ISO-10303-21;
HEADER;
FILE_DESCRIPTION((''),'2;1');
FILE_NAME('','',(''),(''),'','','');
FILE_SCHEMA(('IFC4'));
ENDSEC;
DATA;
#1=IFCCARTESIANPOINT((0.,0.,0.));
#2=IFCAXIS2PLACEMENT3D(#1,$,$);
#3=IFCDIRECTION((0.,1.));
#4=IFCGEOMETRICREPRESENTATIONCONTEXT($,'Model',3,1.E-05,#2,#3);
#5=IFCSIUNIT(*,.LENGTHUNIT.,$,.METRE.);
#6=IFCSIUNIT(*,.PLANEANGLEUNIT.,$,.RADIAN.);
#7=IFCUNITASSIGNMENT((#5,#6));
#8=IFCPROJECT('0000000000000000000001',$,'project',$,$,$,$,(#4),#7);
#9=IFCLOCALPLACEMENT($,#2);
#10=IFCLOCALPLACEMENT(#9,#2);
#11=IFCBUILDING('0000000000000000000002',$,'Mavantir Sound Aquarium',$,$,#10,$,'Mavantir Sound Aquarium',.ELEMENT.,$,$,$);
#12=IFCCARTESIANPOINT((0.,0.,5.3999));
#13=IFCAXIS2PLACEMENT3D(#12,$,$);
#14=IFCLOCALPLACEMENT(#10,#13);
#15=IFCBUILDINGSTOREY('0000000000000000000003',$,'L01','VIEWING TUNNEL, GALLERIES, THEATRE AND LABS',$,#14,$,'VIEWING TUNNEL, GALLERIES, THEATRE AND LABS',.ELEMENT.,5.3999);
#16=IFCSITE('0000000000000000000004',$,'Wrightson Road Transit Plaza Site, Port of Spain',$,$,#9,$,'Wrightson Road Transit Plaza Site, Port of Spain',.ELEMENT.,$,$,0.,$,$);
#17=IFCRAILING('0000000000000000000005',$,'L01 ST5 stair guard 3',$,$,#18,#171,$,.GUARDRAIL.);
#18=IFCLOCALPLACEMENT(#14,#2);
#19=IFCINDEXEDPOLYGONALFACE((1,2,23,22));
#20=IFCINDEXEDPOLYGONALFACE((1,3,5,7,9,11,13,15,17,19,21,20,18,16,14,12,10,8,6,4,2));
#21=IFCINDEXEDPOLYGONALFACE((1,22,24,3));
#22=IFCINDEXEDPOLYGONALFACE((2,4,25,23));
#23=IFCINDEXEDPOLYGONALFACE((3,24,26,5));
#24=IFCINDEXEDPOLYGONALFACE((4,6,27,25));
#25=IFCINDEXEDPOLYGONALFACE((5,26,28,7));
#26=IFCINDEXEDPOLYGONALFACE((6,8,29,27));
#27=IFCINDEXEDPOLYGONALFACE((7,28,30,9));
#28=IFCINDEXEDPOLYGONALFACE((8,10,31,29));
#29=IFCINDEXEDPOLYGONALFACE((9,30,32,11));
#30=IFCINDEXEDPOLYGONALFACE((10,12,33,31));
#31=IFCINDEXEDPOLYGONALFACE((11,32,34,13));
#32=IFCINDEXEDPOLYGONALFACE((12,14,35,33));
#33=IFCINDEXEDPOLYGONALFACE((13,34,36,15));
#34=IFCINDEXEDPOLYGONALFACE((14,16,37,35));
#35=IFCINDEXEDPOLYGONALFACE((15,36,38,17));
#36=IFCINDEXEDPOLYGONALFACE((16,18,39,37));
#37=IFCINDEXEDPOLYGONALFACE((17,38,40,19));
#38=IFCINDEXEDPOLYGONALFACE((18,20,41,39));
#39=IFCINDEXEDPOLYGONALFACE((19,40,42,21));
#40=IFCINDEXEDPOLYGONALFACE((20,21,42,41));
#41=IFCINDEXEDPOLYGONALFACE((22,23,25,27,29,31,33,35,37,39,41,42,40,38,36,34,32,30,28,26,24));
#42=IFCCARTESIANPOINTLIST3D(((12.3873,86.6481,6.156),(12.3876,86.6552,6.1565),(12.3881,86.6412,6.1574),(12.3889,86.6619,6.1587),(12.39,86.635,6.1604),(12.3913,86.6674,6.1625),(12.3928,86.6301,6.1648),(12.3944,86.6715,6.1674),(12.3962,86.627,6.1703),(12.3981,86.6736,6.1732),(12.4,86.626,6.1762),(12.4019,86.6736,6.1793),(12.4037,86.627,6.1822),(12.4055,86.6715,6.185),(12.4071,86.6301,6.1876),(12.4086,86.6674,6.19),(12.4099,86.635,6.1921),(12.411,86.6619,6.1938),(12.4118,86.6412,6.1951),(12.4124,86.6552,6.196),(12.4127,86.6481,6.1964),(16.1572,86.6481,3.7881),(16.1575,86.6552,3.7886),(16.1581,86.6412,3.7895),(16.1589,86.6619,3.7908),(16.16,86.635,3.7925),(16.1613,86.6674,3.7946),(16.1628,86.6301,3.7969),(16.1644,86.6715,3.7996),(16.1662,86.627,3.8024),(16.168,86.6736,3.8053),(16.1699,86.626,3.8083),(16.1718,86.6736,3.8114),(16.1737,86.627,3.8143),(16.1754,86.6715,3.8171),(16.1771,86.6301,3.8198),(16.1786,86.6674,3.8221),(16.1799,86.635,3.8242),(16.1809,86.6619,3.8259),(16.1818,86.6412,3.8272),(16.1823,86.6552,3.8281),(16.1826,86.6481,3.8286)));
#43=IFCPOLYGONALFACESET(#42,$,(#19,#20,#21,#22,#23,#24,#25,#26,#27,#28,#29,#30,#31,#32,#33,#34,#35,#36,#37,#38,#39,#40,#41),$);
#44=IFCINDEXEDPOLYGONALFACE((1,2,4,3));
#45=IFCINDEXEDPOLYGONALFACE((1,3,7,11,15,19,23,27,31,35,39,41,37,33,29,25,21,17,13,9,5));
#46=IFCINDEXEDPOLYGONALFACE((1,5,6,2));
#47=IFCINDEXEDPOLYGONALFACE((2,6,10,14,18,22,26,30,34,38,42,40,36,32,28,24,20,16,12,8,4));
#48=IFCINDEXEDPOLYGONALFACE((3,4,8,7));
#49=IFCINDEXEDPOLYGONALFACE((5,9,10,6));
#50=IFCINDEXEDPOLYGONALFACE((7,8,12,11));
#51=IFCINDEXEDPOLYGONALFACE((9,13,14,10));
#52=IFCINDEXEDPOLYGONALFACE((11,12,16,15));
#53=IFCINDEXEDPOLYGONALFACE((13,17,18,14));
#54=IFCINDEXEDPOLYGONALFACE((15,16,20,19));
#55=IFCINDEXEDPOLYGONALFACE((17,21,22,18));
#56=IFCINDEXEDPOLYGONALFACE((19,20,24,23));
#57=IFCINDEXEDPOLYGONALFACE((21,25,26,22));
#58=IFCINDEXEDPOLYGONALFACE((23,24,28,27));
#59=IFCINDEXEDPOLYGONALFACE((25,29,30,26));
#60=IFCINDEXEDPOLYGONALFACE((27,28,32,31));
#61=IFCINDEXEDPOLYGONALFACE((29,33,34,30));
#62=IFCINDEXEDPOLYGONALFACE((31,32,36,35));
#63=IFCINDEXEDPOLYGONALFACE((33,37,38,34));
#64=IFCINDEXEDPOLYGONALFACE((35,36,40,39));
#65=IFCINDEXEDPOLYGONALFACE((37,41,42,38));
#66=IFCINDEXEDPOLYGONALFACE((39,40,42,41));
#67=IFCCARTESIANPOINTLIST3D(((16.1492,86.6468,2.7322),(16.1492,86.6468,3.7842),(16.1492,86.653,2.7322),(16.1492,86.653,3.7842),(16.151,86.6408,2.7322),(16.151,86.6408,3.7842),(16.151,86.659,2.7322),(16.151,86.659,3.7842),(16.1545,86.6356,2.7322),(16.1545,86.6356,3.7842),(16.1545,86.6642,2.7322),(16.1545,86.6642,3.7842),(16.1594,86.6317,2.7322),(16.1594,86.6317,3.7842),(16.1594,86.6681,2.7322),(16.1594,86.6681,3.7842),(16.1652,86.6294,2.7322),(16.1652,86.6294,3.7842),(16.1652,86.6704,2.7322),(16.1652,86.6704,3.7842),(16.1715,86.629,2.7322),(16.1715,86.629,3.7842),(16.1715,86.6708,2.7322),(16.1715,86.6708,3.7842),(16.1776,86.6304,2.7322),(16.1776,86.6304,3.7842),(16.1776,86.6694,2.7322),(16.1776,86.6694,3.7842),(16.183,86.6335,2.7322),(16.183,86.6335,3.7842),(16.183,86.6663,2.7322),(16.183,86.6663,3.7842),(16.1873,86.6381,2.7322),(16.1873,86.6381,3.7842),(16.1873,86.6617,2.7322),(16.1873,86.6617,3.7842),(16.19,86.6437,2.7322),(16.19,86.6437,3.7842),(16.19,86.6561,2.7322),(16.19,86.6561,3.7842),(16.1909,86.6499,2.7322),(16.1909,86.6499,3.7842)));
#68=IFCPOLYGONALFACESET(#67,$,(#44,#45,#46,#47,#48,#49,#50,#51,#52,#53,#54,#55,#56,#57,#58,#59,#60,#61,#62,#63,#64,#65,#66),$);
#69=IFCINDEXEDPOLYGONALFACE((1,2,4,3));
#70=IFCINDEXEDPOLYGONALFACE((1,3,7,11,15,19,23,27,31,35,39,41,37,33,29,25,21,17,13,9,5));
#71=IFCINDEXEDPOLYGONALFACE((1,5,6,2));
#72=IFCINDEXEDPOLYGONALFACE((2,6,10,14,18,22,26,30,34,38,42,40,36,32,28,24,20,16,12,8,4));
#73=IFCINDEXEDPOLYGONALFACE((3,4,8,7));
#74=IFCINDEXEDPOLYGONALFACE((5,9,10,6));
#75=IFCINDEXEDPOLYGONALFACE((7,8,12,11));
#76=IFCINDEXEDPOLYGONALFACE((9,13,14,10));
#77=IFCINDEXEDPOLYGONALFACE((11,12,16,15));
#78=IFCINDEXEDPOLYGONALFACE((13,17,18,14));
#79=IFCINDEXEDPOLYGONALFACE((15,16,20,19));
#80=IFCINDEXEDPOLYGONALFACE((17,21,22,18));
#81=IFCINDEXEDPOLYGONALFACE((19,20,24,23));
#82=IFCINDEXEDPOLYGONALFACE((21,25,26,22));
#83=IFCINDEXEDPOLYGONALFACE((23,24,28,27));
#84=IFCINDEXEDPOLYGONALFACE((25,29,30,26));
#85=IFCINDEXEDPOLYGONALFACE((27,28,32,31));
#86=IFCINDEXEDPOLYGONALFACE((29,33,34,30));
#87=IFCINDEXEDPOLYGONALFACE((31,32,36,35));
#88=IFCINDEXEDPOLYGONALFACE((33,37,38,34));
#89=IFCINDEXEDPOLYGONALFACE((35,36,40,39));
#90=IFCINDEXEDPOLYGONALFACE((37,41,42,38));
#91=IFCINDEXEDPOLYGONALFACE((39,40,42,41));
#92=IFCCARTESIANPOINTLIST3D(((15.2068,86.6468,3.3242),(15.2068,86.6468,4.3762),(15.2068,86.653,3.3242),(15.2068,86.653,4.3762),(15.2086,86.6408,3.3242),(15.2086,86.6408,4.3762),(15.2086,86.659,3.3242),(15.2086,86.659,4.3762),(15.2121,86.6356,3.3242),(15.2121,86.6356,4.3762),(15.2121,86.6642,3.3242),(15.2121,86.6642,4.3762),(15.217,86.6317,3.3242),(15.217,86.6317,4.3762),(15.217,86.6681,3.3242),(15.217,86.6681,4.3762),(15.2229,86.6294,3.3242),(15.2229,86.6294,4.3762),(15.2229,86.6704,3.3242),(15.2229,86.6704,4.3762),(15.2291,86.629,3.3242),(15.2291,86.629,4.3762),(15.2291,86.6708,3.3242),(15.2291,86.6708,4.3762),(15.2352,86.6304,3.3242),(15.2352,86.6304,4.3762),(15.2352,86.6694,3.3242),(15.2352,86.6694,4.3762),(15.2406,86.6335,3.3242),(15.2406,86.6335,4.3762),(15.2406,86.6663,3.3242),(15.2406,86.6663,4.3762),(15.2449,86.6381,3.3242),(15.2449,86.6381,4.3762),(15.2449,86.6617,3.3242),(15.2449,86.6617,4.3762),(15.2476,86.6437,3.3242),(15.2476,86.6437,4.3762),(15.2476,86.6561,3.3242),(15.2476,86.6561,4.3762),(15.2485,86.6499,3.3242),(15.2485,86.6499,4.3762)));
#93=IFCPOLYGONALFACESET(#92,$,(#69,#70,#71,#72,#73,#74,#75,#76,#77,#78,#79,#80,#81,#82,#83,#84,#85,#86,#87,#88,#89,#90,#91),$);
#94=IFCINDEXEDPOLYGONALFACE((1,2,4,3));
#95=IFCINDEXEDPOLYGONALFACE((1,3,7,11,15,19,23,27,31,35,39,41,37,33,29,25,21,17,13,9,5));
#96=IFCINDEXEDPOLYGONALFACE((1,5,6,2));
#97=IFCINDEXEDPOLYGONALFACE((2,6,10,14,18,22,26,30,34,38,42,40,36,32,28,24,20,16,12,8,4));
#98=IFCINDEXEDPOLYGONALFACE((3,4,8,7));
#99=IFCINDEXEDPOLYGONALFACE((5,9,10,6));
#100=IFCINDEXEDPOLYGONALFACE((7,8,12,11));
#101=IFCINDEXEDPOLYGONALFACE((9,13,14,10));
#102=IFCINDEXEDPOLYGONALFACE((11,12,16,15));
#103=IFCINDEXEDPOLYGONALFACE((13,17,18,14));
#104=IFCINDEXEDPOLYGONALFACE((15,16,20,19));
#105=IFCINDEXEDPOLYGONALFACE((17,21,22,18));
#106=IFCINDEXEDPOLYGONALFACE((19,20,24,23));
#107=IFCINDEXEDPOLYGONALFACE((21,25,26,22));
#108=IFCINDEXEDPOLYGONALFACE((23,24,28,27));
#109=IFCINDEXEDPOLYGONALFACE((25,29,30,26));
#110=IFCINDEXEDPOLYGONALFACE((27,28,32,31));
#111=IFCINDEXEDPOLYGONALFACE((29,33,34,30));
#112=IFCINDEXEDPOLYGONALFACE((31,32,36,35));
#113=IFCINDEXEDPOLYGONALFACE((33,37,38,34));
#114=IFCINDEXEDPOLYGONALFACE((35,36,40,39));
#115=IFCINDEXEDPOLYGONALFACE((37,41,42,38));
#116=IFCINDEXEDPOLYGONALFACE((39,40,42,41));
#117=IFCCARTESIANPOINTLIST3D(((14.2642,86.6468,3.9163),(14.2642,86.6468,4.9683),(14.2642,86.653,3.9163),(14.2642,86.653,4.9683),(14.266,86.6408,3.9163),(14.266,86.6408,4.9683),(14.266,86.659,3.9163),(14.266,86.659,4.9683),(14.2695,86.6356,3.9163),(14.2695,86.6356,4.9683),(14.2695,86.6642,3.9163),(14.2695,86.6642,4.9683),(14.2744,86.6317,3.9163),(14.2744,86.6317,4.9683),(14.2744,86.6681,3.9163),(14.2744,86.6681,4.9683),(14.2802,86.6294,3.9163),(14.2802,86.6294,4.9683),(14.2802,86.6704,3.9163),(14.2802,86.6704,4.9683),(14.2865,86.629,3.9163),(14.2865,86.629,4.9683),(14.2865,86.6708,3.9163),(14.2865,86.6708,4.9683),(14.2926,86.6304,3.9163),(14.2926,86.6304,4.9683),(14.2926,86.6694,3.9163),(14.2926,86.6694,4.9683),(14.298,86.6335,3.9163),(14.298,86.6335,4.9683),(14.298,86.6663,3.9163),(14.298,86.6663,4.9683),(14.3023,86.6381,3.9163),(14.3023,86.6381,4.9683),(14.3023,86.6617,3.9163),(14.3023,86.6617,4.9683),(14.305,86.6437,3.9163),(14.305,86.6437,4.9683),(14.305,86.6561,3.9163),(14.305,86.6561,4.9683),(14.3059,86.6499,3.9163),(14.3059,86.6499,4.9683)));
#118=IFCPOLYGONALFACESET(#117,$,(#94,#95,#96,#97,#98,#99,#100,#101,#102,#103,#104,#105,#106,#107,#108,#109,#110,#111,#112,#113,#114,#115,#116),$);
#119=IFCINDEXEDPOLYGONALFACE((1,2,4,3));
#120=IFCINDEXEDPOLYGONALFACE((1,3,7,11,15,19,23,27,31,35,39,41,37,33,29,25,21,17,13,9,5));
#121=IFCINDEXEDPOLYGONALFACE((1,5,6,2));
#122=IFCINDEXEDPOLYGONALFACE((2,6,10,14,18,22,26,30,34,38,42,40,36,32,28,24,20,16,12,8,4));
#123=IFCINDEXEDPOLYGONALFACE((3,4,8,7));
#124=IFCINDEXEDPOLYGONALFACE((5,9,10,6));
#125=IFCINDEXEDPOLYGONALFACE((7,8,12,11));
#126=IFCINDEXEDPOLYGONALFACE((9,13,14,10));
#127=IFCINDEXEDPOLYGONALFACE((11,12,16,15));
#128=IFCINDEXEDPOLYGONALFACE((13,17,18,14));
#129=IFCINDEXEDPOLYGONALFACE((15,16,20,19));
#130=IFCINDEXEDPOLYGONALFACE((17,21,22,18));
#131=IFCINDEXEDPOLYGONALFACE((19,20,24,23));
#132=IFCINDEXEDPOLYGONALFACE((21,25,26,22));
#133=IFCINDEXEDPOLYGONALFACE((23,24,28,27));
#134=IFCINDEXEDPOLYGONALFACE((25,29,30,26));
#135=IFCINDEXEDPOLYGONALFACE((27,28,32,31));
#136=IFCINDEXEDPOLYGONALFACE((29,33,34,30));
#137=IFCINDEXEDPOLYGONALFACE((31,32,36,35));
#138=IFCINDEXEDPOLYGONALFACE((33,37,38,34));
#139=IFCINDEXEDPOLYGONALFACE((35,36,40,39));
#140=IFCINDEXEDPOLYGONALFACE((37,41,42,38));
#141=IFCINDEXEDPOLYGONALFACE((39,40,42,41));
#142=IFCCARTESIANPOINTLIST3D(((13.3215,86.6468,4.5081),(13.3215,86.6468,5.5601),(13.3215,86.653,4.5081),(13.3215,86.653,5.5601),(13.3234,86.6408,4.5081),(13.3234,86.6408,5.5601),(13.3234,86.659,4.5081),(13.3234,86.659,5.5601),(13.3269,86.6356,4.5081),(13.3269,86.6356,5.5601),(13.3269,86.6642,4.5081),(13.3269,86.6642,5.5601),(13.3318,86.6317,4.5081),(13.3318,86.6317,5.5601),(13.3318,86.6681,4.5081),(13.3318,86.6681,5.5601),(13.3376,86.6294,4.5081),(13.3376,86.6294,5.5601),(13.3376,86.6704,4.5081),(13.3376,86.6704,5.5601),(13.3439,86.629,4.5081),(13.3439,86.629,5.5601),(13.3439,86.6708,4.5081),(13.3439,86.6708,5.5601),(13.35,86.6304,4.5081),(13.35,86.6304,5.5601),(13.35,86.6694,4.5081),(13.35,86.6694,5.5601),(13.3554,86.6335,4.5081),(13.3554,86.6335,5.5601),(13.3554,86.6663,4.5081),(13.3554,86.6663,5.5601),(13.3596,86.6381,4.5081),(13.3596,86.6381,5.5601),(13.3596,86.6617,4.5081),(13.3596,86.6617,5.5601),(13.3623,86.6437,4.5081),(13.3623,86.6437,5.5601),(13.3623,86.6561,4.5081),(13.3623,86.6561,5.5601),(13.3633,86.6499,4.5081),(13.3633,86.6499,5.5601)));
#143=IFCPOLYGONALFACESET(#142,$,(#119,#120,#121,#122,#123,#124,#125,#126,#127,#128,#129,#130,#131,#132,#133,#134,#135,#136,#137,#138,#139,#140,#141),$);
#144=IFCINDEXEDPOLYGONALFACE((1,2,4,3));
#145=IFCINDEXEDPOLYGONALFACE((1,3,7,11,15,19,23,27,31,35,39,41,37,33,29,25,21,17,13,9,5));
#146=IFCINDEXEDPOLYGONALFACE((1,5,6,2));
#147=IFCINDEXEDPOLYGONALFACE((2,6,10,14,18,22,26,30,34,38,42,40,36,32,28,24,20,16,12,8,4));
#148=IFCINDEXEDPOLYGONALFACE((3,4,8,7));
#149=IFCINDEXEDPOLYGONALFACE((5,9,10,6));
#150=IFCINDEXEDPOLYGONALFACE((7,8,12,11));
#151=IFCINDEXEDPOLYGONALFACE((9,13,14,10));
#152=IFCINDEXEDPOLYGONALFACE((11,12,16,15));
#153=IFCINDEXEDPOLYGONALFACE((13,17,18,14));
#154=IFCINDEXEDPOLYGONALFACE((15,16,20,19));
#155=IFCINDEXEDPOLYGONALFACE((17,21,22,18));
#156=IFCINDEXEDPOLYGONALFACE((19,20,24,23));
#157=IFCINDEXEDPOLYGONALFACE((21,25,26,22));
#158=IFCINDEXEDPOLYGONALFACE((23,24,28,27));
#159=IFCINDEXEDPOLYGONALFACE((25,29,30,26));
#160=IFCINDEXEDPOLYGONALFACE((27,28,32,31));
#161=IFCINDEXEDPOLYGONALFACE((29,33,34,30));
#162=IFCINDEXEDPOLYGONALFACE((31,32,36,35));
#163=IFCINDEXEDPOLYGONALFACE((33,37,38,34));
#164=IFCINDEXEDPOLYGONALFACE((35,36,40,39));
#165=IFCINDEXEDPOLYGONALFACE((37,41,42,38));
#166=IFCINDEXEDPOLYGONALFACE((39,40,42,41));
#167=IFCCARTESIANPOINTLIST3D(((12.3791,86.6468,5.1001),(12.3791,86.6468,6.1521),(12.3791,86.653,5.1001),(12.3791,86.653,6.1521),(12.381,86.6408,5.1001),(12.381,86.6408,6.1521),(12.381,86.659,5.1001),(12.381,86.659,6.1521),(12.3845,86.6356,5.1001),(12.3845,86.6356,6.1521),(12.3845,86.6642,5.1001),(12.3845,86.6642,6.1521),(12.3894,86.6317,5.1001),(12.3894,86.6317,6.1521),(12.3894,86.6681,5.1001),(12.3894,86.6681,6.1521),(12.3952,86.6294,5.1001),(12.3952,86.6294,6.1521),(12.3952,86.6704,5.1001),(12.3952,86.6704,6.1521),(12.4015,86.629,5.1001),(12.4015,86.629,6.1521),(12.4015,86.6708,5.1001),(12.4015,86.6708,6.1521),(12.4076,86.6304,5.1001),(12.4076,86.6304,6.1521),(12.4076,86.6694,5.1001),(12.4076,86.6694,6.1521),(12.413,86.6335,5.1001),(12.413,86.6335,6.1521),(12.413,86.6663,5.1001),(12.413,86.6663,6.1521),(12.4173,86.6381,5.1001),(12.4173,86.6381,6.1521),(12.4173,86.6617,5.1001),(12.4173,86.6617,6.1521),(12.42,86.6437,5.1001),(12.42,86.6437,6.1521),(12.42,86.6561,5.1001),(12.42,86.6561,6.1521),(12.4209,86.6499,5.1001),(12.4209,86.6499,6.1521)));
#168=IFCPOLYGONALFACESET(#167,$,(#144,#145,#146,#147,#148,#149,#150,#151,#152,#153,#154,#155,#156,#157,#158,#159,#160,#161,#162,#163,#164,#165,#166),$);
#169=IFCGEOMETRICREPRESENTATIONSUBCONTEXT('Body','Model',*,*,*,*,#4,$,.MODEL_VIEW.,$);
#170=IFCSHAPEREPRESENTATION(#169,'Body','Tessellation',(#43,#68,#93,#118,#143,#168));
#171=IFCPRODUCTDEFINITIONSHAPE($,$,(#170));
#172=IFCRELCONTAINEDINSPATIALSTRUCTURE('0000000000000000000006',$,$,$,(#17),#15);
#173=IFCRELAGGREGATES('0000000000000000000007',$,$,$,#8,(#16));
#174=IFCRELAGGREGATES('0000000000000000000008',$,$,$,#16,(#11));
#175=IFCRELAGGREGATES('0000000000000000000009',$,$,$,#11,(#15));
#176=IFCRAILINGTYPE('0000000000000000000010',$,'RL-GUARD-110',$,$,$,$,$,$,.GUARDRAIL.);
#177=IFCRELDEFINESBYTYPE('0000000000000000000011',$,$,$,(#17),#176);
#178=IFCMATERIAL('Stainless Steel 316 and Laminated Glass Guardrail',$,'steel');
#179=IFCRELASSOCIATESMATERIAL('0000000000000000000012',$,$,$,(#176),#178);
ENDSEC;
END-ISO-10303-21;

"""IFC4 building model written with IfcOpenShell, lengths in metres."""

from ifc_helpers import new_model, si_unit, direction, frame, origin, origin_2d, place, context, subcontext, project, spatial, circle, extrude, material, type_object, element, save


model = new_model("IFC4")

# Units and contexts
model_context = context("Model", 3, precision=1e-05, world=origin(), true_north=direction((0.0, 1.0)))
body_context = subcontext(model_context, "Body", "Model", "MODEL_VIEW")
ifc_project = project(units=[si_unit("LENGTHUNIT", "METRE"), si_unit("PLANEANGLEUNIT", "RADIAN")], contexts=[model_context])

# Site, building, storey
site_placement = place(None, origin())
site = spatial("IfcSite", under=ifc_project, at=site_placement, Name="Wrightson Road Transit Plaza Site, Port of Spain", LongName="Wrightson Road Transit Plaza Site, Port of Spain", CompositionType="ELEMENT", RefElevation=0.0)
building_placement = place(site_placement, origin())
building = spatial("IfcBuilding", under=site, at=building_placement, Name="Mavantir Sound Aquarium", LongName="Mavantir Sound Aquarium", CompositionType="ELEMENT")
storey_placement = place(building_placement, frame((0.0, 0.0, 5.3999)))
storey = spatial("IfcBuildingStorey", under=building, at=storey_placement, Name="L01", Description="VIEWING TUNNEL, GALLERIES, THEATRE AND LABS", LongName="VIEWING TUNNEL, GALLERIES, THEATRE AND LABS", CompositionType="ELEMENT", Elevation=5.3999)

# Railing
ifc_material_1 = material(Name="Stainless Steel 316 and Laminated Glass Guardrail", Category="steel")
railing_type_1 = type_object("IfcRailingType", Name="RL-GUARD-110", PredefinedType="GUARDRAIL", material=ifc_material_1)
railing_1_placement = place(storey_placement, frame((16.1699, 86.6499, 2.7322)))
element("IfcRailing", 1, at=railing_1_placement, inside=storey, type_object=railing_type_1, Name="L01 ST5 stair guard 3", PredefinedType="GUARDRAIL", context=body_context, shape_type="SweptSolid", body=[
    extrude(circle(Radius=0.0239, at=origin_2d()), frame((0.0, 0.0, 1.0762), z_axis=(-0.846819, 0.0, 0.531881), x_axis=(0.0, -1.0, 0.0)), (0.0, 0.0, 1.0), 4.4519),
    extrude(circle(Radius=0.021, at=origin_2d()), origin(), (0.0, 0.0, 1.0), 1.052),
    extrude(circle(Radius=0.021, at=origin_2d()), frame((-0.9424, 0.0, 0.592)), (0.0, 0.0, 1.0), 1.052),
    extrude(circle(Radius=0.021, at=origin_2d()), frame((-1.885, 0.0, 1.1841)), (0.0, 0.0, 1.0), 1.052),
    extrude(circle(Radius=0.021, at=origin_2d()), frame((-2.8276, 0.0, 1.7759)), (0.0, 0.0, 1.0), 1.052),
    extrude(circle(Radius=0.021, at=origin_2d()), frame((-3.77, 0.0, 2.3679)), (0.0, 0.0, 1.0), 1.052),
])

save(model, "model.ifc")
